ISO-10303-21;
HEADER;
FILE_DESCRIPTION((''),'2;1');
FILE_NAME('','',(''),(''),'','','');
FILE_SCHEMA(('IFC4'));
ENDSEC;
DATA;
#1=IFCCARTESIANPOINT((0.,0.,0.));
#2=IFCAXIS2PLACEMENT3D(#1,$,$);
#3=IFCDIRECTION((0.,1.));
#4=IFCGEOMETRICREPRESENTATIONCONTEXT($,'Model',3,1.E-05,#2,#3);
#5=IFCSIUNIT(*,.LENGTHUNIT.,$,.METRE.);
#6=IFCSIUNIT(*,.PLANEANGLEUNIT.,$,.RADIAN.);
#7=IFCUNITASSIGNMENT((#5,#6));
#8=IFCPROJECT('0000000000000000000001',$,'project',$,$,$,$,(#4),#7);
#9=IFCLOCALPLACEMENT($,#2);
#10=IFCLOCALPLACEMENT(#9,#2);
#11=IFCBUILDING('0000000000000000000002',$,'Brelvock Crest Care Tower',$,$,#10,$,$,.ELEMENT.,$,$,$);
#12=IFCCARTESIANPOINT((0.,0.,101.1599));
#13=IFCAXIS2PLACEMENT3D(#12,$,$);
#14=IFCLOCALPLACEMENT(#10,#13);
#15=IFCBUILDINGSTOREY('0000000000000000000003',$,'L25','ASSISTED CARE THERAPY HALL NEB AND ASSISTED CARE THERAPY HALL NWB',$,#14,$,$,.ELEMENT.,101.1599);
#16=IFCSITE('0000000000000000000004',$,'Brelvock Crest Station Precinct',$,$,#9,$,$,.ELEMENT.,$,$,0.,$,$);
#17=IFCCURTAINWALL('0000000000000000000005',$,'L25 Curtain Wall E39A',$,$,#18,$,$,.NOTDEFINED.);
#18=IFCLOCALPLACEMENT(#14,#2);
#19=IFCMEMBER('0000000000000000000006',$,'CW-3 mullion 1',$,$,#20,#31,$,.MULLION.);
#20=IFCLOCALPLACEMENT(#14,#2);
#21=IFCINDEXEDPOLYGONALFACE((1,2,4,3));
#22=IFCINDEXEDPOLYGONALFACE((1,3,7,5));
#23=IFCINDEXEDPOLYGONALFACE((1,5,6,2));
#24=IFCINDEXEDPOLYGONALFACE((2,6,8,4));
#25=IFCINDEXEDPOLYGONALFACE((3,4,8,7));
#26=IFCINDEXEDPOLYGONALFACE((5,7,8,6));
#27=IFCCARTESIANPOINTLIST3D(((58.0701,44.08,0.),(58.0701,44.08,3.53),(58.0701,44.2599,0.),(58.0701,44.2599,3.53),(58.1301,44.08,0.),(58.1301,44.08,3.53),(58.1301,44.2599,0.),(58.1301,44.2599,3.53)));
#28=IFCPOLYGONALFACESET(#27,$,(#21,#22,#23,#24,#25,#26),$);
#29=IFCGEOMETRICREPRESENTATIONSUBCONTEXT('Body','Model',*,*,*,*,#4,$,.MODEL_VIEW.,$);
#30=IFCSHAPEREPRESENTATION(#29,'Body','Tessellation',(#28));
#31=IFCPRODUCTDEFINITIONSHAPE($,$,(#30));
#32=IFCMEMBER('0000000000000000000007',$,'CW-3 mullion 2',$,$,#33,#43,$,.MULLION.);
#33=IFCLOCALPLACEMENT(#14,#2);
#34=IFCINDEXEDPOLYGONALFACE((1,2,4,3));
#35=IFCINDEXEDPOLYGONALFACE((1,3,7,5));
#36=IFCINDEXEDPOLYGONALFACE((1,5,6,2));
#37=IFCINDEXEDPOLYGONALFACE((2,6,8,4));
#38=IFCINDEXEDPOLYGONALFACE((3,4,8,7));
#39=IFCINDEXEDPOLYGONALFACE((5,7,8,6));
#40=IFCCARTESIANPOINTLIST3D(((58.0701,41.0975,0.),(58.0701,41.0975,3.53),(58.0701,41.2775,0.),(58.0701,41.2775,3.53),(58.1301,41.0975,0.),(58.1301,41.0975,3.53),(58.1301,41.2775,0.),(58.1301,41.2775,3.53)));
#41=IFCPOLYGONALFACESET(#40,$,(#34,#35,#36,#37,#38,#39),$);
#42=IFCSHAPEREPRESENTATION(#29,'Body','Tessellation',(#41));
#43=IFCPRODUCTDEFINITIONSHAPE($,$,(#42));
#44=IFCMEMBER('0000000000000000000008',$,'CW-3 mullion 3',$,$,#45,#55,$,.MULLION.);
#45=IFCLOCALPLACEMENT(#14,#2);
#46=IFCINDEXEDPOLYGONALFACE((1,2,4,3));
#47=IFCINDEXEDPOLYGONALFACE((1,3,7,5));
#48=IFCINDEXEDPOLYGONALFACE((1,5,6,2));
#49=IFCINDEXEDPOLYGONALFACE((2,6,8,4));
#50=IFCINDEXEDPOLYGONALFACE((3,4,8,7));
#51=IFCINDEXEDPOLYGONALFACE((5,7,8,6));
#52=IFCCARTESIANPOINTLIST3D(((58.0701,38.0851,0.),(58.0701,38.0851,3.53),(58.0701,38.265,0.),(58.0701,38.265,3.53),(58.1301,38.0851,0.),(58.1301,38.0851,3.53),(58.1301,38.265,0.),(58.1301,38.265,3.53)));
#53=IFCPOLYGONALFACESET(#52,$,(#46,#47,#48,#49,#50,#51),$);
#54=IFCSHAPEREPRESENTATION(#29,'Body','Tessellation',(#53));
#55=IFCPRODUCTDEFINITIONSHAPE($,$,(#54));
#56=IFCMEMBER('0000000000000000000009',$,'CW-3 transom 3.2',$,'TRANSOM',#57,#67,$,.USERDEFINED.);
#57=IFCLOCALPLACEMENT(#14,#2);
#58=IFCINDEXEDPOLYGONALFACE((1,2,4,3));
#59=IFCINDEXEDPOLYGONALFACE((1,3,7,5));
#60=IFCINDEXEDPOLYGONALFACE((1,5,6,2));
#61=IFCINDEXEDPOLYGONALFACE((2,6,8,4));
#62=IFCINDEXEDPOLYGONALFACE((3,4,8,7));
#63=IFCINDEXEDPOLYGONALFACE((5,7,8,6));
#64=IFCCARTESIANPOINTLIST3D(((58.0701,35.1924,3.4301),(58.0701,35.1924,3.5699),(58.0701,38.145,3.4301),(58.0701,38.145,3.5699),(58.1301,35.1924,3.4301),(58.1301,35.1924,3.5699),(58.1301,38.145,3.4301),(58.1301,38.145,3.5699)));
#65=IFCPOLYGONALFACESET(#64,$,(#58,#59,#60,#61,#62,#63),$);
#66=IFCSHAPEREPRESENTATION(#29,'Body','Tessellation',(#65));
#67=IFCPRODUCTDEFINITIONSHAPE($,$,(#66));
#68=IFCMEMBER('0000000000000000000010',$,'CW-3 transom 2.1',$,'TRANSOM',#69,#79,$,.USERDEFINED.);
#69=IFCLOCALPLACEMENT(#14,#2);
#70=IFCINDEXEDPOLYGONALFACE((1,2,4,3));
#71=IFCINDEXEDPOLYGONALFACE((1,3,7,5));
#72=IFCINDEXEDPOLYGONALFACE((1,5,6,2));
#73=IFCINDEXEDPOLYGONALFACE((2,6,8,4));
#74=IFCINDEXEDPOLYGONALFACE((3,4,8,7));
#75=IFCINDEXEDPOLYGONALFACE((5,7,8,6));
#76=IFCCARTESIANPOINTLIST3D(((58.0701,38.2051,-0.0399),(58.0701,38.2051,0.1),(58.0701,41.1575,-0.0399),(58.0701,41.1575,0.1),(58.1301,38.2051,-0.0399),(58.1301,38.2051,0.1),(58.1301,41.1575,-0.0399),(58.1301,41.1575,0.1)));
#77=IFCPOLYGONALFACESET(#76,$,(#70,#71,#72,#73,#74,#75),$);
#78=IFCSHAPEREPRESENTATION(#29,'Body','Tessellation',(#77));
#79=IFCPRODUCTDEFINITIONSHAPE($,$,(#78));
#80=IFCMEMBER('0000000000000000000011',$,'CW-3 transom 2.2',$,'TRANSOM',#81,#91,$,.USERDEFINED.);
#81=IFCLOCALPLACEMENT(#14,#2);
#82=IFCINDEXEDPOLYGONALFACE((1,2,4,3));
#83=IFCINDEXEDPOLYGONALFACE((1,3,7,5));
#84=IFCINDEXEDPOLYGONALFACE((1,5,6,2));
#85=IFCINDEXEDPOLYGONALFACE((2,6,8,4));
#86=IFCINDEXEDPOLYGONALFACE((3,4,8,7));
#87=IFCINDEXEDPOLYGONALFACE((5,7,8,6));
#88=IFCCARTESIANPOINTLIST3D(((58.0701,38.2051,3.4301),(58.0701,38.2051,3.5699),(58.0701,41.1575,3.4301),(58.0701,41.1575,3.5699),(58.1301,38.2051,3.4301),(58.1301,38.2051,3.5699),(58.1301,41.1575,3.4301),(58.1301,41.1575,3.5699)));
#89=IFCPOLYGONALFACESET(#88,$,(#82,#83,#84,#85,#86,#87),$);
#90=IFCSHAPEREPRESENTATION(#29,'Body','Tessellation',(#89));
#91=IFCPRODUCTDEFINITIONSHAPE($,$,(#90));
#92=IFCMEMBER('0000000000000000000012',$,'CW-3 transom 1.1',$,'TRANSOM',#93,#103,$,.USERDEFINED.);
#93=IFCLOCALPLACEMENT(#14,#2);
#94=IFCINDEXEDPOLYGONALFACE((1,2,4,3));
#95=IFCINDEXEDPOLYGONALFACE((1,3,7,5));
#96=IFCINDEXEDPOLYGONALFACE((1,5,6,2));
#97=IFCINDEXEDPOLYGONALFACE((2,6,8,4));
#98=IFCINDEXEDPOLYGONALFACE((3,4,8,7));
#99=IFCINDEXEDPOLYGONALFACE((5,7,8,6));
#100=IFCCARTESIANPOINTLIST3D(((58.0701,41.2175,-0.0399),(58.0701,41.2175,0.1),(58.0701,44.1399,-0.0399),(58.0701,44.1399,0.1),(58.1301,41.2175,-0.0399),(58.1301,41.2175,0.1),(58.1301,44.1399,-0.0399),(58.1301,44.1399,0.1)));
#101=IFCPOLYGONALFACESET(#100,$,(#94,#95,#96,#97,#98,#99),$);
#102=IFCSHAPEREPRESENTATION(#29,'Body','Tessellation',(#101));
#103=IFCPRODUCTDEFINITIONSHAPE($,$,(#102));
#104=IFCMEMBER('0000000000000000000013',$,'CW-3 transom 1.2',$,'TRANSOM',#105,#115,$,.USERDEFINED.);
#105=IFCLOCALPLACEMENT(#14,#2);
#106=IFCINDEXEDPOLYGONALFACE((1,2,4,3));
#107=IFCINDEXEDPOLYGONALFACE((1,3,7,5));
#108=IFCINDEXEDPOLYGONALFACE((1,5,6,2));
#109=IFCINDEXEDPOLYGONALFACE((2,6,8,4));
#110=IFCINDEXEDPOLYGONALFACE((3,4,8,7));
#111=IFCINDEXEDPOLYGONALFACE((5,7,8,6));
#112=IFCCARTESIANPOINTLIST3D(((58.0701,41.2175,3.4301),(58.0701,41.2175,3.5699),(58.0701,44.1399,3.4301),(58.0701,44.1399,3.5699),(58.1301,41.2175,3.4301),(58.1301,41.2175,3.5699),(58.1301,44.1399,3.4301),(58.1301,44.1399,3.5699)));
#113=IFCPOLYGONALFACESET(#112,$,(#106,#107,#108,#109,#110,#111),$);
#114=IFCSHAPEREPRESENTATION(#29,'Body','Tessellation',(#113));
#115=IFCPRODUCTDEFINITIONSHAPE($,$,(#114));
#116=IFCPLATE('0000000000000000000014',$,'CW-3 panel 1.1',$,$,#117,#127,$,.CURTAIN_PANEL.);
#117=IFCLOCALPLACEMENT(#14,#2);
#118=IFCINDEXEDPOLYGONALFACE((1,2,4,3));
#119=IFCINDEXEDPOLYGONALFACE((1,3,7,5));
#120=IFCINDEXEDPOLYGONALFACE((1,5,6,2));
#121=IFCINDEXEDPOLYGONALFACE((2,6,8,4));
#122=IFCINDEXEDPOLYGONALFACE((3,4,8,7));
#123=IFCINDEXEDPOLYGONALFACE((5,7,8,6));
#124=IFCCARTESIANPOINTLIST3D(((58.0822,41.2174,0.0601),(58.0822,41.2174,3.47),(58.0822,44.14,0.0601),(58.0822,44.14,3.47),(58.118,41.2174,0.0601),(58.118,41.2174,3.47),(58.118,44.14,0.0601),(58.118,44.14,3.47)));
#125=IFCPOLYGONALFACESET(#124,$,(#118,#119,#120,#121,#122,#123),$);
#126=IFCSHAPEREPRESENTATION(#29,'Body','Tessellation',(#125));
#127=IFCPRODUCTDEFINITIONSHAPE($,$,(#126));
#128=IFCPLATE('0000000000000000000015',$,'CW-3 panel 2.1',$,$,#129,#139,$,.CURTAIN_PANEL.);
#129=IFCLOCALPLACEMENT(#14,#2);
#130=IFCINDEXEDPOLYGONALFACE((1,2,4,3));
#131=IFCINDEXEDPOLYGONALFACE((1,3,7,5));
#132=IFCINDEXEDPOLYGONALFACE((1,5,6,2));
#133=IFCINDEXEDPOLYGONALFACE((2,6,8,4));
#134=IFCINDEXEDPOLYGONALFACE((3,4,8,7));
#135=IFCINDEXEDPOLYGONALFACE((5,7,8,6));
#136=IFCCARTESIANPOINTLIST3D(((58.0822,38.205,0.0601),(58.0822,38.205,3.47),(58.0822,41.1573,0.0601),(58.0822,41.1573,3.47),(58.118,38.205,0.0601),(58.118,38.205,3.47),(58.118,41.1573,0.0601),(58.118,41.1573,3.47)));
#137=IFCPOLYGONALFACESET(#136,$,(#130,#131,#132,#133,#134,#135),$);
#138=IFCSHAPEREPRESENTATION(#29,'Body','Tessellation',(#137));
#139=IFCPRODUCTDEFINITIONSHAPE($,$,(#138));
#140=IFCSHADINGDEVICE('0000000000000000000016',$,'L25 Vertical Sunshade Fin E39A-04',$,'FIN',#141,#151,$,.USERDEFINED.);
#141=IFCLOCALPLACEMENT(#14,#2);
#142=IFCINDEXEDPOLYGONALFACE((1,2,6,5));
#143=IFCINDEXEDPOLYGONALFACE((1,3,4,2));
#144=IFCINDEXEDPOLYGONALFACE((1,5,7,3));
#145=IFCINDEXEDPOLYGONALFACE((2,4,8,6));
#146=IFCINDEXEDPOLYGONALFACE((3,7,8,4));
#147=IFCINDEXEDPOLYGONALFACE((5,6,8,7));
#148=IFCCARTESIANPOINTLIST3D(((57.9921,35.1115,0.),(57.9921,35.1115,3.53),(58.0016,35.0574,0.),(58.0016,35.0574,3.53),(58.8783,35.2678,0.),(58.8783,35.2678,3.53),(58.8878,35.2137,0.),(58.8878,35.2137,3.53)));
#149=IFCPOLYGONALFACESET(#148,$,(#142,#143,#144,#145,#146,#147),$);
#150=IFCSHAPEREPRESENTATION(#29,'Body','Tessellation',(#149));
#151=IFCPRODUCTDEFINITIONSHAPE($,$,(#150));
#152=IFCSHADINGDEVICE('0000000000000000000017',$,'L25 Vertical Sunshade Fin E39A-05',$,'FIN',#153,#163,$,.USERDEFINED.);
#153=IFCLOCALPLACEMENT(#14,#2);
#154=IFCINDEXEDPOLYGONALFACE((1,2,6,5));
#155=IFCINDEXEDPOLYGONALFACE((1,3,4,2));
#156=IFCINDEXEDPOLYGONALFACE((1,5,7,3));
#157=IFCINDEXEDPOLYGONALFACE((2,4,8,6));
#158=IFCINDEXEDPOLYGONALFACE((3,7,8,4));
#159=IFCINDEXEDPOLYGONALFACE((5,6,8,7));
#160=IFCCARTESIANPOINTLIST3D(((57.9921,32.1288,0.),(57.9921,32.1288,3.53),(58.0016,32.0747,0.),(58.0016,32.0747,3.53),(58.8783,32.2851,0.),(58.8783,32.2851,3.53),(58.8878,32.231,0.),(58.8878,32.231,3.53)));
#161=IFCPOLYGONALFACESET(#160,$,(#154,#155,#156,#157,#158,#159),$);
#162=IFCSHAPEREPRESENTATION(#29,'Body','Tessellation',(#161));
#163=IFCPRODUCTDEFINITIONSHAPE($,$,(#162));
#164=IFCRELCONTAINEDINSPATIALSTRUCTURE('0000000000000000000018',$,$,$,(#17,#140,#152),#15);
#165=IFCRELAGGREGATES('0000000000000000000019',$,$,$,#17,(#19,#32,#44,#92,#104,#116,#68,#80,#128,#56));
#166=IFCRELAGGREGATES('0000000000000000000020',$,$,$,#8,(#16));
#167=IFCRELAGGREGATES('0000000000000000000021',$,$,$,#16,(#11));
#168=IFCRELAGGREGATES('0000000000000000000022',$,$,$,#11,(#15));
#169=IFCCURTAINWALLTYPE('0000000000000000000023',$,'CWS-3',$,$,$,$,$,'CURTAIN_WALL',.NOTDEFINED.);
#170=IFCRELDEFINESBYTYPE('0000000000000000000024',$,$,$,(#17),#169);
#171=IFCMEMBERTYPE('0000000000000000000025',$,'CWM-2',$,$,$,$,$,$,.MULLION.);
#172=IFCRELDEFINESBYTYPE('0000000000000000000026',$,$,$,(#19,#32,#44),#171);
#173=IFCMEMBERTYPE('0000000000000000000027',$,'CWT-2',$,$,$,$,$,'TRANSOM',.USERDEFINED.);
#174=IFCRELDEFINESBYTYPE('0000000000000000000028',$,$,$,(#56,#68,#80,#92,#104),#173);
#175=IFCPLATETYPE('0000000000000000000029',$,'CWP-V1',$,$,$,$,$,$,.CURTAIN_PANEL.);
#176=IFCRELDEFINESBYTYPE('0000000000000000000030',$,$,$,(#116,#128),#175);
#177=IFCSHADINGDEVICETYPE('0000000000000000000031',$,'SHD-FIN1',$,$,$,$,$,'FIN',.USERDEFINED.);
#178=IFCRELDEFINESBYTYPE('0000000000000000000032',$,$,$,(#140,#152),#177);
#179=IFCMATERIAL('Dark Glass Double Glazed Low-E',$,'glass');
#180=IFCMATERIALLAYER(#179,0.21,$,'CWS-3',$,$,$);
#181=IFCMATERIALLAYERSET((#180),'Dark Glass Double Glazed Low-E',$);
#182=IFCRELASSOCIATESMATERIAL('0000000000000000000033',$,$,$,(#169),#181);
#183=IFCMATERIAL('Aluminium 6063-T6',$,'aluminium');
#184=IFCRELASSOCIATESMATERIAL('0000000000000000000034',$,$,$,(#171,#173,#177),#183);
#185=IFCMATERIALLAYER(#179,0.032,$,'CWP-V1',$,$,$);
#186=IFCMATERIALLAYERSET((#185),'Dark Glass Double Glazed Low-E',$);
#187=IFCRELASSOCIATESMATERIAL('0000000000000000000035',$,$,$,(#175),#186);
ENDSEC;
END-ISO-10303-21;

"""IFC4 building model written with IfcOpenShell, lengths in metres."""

from ifc_helpers import new_model, si_unit, direction, frame, origin, origin_2d, place, context, subcontext, project, spatial, rectangle, extrude, source, transform, mapped, material, layer, layer_set, material_profile, profile_set, type_object, element, aggregate, save


model = new_model("IFC4")

# Units and contexts
model_context = context("Model", 3, precision=1e-05, world=origin(), true_north=direction((0.0, 1.0)))
body_context = subcontext(model_context, "Body", "Model", "MODEL_VIEW")
ifc_project = project(units=[si_unit("LENGTHUNIT", "METRE"), si_unit("PLANEANGLEUNIT", "RADIAN")], contexts=[model_context])

# Site, building, storey
site_placement = place(None, origin())
site = spatial("IfcSite", under=ifc_project, at=site_placement, Name="Brelvock Crest Station Precinct", CompositionType="ELEMENT", RefElevation=0.0)
building_placement = place(site_placement, origin())
building = spatial("IfcBuilding", under=site, at=building_placement, Name="Brelvock Crest Care Tower", CompositionType="ELEMENT")
storey_placement = place(building_placement, frame((0.0, 0.0, 101.1599)))
storey = spatial("IfcBuildingStorey", under=building, at=storey_placement, Name="L25", Description="ASSISTED CARE THERAPY HALL NEB AND ASSISTED CARE THERAPY HALL NWB", CompositionType="ELEMENT", Elevation=101.1599)

# Curtain wall, members, plates
ifc_material_1 = material(Name="Dark Glass Double Glazed Low-E", Category="glass")
ifc_layer_1 = layer(ifc_material_1, 0.21, Name="CWS-3")
ifc_layer_set_1 = layer_set([ifc_layer_1], Name="Dark Glass Double Glazed Low-E")
curtain_wall_type = type_object("IfcCurtainWallType", Name="CWS-3", ElementType="CURTAIN_WALL", PredefinedType="NOTDEFINED", material=ifc_layer_set_1)
curtain_wall_placement = place(storey_placement, origin())
curtain_wall = element("IfcCurtainWall", 1, at=curtain_wall_placement, inside=storey, type_object=curtain_wall_type, Name="L25 Curtain Wall E39A", PredefinedType="NOTDEFINED")
ifc_material_2 = material(Name="Aluminium 6063-T6", Category="aluminium")
ifc_material_profile_1 = material_profile(ifc_material_2, rectangle(XDim=0.0601, YDim=0.1799, at=origin_2d()), Name="ALU60x180")
ifc_profile_set_1 = profile_set([ifc_material_profile_1], Name="Aluminium 6063-T6")
member_type_1 = type_object("IfcMemberType", Name="CWM-2", PredefinedType="MULLION", material=ifc_profile_set_1)
shared_shape_1 = source(origin(), body_context, "Body", "SweptSolid", [
    extrude(rectangle(XDim=0.0601, YDim=0.1799, at=origin_2d()), origin(), (0.0, 0.0, 1.0), 3.53),
])
member_1_placement = place(storey_placement, frame((58.1001, 44.1699, 0.0), z_axis=(0.0, 0.0, 1.0), x_axis=(1.0, 0.0, 0.0)))
member_1 = element("IfcMember", 2, at=member_1_placement, type_object=member_type_1, Name="CW-3 mullion 1", PredefinedType="MULLION", context=body_context, shape_type="MappedRepresentation", body=[
    mapped(shared_shape_1, transform((0.0, 0.0, 0.0), x_axis=(1.0, 0.0, 0.0), y_axis=(0.0, 1.0, 0.0), z_axis=(0.0, 0.0, 1.0), scale=1.0)),
])
member_2_placement = place(storey_placement, frame((58.1001, 41.1875, 0.0), z_axis=(0.0, 0.0, 1.0), x_axis=(1.0, 0.0, 0.0)))
member_2 = element("IfcMember", 3, at=member_2_placement, type_object=member_type_1, Name="CW-3 mullion 2", PredefinedType="MULLION", context=body_context, shape_type="MappedRepresentation", body=[
    mapped(shared_shape_1, transform((0.0, 0.0, 0.0), x_axis=(1.0, 0.0, 0.0), y_axis=(0.0, 1.0, 0.0), z_axis=(0.0, 0.0, 1.0), scale=1.0)),
])
member_3_placement = place(storey_placement, frame((58.1001, 38.175, 0.0), z_axis=(0.0, 0.0, 1.0), x_axis=(1.0, 0.0, 0.0)))
member_3 = element("IfcMember", 4, at=member_3_placement, type_object=member_type_1, Name="CW-3 mullion 3", PredefinedType="MULLION", context=body_context, shape_type="MappedRepresentation", body=[
    mapped(shared_shape_1, transform((0.0, 0.0, 0.0), x_axis=(1.0, 0.0, 0.0), y_axis=(0.0, 1.0, 0.0), z_axis=(0.0, 0.0, 1.0), scale=1.0)),
])
ifc_material_profile_2 = material_profile(ifc_material_2, rectangle(XDim=0.0601, YDim=0.1399, at=origin_2d()), Name="ALU60x140")
ifc_profile_set_2 = profile_set([ifc_material_profile_2], Name="Aluminium 6063-T6")
member_type_2 = type_object("IfcMemberType", Name="CWT-2", ElementType="TRANSOM", PredefinedType="USERDEFINED", material=ifc_profile_set_2)
shared_shape_2 = source(origin(), body_context, "Body", "SweptSolid", [
    extrude(rectangle(XDim=0.0601, YDim=0.1399, at=origin_2d()), origin(), (0.0, 0.0, 1.0), 2.9526),
])
member_4_placement = place(storey_placement, frame((58.1001, 38.145, 3.5), z_axis=(0.0, -1.0, 0.0), x_axis=(1.0, 0.0, 0.0)))
member_4 = element("IfcMember", 5, at=member_4_placement, type_object=member_type_2, Name="CW-3 transom 3.2", ObjectType="TRANSOM", PredefinedType="USERDEFINED", context=body_context, shape_type="MappedRepresentation", body=[
    mapped(shared_shape_2, transform((0.0, 0.0, 0.0), x_axis=(1.0, 0.0, 0.0), y_axis=(0.0, 1.0, 0.0), z_axis=(0.0, 0.0, 1.0), scale=1.0)),
])
shared_shape_3 = source(origin(), body_context, "Body", "SweptSolid", [
    extrude(rectangle(XDim=0.0601, YDim=0.1399, at=origin_2d()), origin(), (0.0, 0.0, 1.0), 2.9524),
])
member_5_placement = place(storey_placement, frame((58.1001, 41.1575, 0.03), z_axis=(0.0, -1.0, 0.0), x_axis=(1.0, 0.0, 0.0)))
member_5 = element("IfcMember", 6, at=member_5_placement, type_object=member_type_2, Name="CW-3 transom 2.1", ObjectType="TRANSOM", PredefinedType="USERDEFINED", context=body_context, shape_type="MappedRepresentation", body=[
    mapped(shared_shape_3, transform((0.0, 0.0, 0.0), x_axis=(1.0, 0.0, 0.0), y_axis=(0.0, 1.0, 0.0), z_axis=(0.0, 0.0, 1.0), scale=1.0)),
])
member_6_placement = place(storey_placement, frame((58.1001, 41.1575, 3.5), z_axis=(0.0, -1.0, 0.0), x_axis=(1.0, 0.0, 0.0)))
member_6 = element("IfcMember", 7, at=member_6_placement, type_object=member_type_2, Name="CW-3 transom 2.2", ObjectType="TRANSOM", PredefinedType="USERDEFINED", context=body_context, shape_type="MappedRepresentation", body=[
    mapped(shared_shape_3, transform((0.0, 0.0, 0.0), x_axis=(1.0, 0.0, 0.0), y_axis=(0.0, 1.0, 0.0), z_axis=(0.0, 0.0, 1.0), scale=1.0)),
])
shared_shape_4 = source(origin(), body_context, "Body", "SweptSolid", [
    extrude(rectangle(XDim=0.0601, YDim=0.1399, at=origin_2d()), origin(), (0.0, 0.0, 1.0), 2.9224),
])
member_7_placement = place(storey_placement, frame((58.1001, 44.1399, 0.03), z_axis=(0.0, -1.0, 0.0), x_axis=(1.0, 0.0, 0.0)))
member_7 = element("IfcMember", 8, at=member_7_placement, type_object=member_type_2, Name="CW-3 transom 1.1", ObjectType="TRANSOM", PredefinedType="USERDEFINED", context=body_context, shape_type="MappedRepresentation", body=[
    mapped(shared_shape_4, transform((0.0, 0.0, 0.0), x_axis=(1.0, 0.0, 0.0), y_axis=(0.0, 1.0, 0.0), z_axis=(0.0, 0.0, 1.0), scale=1.0)),
])
member_8_placement = place(storey_placement, frame((58.1001, 44.1399, 3.5), z_axis=(0.0, -1.0, 0.0), x_axis=(1.0, 0.0, 0.0)))
member_8 = element("IfcMember", 9, at=member_8_placement, type_object=member_type_2, Name="CW-3 transom 1.2", ObjectType="TRANSOM", PredefinedType="USERDEFINED", context=body_context, shape_type="MappedRepresentation", body=[
    mapped(shared_shape_4, transform((0.0, 0.0, 0.0), x_axis=(1.0, 0.0, 0.0), y_axis=(0.0, 1.0, 0.0), z_axis=(0.0, 0.0, 1.0), scale=1.0)),
])
ifc_layer_2 = layer(ifc_material_1, 0.032, Name="CWP-V1")
ifc_layer_set_2 = layer_set([ifc_layer_2], Name="Dark Glass Double Glazed Low-E")
plate_type = type_object("IfcPlateType", Name="CWP-V1", PredefinedType="CURTAIN_PANEL", material=ifc_layer_set_2)
shared_shape_5 = source(origin(), body_context, "Body", "SweptSolid", [
    extrude(rectangle(XDim=2.9226, YDim=0.0359, at=origin_2d()), origin(), (0.0, 0.0, 1.0), 3.4099),
])
plate_1_placement = place(storey_placement, frame((58.1001, 42.6787, 0.0601), z_axis=(0.0, 0.0, 1.0), x_axis=(0.0, -1.0, 0.0)))
plate_1 = element("IfcPlate", 10, at=plate_1_placement, type_object=plate_type, Name="CW-3 panel 1.1", PredefinedType="CURTAIN_PANEL", context=body_context, shape_type="MappedRepresentation", body=[
    mapped(shared_shape_5, transform((0.0, 0.0, 0.0), x_axis=(1.0, 0.0, 0.0), y_axis=(0.0, 1.0, 0.0), z_axis=(0.0, 0.0, 1.0), scale=1.0)),
])
shared_shape_6 = source(origin(), body_context, "Body", "SweptSolid", [
    extrude(rectangle(XDim=2.9524, YDim=0.0359, at=origin_2d()), origin(), (0.0, 0.0, 1.0), 3.4099),
])
plate_2_placement = place(storey_placement, frame((58.1001, 39.6812, 0.0601), z_axis=(0.0, 0.0, 1.0), x_axis=(0.0, -1.0, 0.0)))
plate_2 = element("IfcPlate", 11, at=plate_2_placement, type_object=plate_type, Name="CW-3 panel 2.1", PredefinedType="CURTAIN_PANEL", context=body_context, shape_type="MappedRepresentation", body=[
    mapped(shared_shape_6, transform((0.0, 0.0, 0.0), x_axis=(1.0, 0.0, 0.0), y_axis=(0.0, 1.0, 0.0), z_axis=(0.0, 0.0, 1.0), scale=1.0)),
])
aggregate(curtain_wall, [member_1, member_2, member_3, member_7, member_8, plate_1, member_5, member_6, plate_2, member_4])

# Shading devices
ifc_material_profile_3 = material_profile(ifc_material_2, rectangle(XDim=0.0549, YDim=0.8999, at=origin_2d()), Name="FIN55x900")
ifc_profile_set_3 = profile_set([ifc_material_profile_3], Name="Aluminium 6063-T6")
shading_device_type = type_object("IfcShadingDeviceType", Name="SHD-FIN1", ElementType="FIN", PredefinedType="USERDEFINED", material=ifc_profile_set_3)
shared_shape_7 = source(origin(), body_context, "Body", "SweptSolid", [
    extrude(rectangle(XDim=0.0549, YDim=0.8999, at=origin_2d()), origin(), (0.0, 0.0, 1.0), 3.53),
])
for number, where, z_axis, x_axis, name in (
    (12, (58.4399, 35.1626, 0.0), (0.0, 0.0, 1.0), (0.173648, -0.984808, 0.0), "L25 Vertical Sunshade Fin E39A-04"),
    (13, (58.4399, 32.1799, 0.0), (0.0, 0.0, 1.0), (0.173648, -0.984808, 0.0), "L25 Vertical Sunshade Fin E39A-05"),
):
    element("IfcShadingDevice", number, at=place(storey_placement, frame(where, z_axis=z_axis, x_axis=x_axis)), inside=storey, type_object=shading_device_type, Name=name, ObjectType="FIN", PredefinedType="USERDEFINED", context=body_context, shape_type="MappedRepresentation", body=[
        mapped(shared_shape_7, transform((0.0, 0.0, 0.0), x_axis=(1.0, 0.0, 0.0), y_axis=(0.0, 1.0, 0.0), z_axis=(0.0, 0.0, 1.0), scale=1.0)),
    ])

save(model, "model.ifc")
